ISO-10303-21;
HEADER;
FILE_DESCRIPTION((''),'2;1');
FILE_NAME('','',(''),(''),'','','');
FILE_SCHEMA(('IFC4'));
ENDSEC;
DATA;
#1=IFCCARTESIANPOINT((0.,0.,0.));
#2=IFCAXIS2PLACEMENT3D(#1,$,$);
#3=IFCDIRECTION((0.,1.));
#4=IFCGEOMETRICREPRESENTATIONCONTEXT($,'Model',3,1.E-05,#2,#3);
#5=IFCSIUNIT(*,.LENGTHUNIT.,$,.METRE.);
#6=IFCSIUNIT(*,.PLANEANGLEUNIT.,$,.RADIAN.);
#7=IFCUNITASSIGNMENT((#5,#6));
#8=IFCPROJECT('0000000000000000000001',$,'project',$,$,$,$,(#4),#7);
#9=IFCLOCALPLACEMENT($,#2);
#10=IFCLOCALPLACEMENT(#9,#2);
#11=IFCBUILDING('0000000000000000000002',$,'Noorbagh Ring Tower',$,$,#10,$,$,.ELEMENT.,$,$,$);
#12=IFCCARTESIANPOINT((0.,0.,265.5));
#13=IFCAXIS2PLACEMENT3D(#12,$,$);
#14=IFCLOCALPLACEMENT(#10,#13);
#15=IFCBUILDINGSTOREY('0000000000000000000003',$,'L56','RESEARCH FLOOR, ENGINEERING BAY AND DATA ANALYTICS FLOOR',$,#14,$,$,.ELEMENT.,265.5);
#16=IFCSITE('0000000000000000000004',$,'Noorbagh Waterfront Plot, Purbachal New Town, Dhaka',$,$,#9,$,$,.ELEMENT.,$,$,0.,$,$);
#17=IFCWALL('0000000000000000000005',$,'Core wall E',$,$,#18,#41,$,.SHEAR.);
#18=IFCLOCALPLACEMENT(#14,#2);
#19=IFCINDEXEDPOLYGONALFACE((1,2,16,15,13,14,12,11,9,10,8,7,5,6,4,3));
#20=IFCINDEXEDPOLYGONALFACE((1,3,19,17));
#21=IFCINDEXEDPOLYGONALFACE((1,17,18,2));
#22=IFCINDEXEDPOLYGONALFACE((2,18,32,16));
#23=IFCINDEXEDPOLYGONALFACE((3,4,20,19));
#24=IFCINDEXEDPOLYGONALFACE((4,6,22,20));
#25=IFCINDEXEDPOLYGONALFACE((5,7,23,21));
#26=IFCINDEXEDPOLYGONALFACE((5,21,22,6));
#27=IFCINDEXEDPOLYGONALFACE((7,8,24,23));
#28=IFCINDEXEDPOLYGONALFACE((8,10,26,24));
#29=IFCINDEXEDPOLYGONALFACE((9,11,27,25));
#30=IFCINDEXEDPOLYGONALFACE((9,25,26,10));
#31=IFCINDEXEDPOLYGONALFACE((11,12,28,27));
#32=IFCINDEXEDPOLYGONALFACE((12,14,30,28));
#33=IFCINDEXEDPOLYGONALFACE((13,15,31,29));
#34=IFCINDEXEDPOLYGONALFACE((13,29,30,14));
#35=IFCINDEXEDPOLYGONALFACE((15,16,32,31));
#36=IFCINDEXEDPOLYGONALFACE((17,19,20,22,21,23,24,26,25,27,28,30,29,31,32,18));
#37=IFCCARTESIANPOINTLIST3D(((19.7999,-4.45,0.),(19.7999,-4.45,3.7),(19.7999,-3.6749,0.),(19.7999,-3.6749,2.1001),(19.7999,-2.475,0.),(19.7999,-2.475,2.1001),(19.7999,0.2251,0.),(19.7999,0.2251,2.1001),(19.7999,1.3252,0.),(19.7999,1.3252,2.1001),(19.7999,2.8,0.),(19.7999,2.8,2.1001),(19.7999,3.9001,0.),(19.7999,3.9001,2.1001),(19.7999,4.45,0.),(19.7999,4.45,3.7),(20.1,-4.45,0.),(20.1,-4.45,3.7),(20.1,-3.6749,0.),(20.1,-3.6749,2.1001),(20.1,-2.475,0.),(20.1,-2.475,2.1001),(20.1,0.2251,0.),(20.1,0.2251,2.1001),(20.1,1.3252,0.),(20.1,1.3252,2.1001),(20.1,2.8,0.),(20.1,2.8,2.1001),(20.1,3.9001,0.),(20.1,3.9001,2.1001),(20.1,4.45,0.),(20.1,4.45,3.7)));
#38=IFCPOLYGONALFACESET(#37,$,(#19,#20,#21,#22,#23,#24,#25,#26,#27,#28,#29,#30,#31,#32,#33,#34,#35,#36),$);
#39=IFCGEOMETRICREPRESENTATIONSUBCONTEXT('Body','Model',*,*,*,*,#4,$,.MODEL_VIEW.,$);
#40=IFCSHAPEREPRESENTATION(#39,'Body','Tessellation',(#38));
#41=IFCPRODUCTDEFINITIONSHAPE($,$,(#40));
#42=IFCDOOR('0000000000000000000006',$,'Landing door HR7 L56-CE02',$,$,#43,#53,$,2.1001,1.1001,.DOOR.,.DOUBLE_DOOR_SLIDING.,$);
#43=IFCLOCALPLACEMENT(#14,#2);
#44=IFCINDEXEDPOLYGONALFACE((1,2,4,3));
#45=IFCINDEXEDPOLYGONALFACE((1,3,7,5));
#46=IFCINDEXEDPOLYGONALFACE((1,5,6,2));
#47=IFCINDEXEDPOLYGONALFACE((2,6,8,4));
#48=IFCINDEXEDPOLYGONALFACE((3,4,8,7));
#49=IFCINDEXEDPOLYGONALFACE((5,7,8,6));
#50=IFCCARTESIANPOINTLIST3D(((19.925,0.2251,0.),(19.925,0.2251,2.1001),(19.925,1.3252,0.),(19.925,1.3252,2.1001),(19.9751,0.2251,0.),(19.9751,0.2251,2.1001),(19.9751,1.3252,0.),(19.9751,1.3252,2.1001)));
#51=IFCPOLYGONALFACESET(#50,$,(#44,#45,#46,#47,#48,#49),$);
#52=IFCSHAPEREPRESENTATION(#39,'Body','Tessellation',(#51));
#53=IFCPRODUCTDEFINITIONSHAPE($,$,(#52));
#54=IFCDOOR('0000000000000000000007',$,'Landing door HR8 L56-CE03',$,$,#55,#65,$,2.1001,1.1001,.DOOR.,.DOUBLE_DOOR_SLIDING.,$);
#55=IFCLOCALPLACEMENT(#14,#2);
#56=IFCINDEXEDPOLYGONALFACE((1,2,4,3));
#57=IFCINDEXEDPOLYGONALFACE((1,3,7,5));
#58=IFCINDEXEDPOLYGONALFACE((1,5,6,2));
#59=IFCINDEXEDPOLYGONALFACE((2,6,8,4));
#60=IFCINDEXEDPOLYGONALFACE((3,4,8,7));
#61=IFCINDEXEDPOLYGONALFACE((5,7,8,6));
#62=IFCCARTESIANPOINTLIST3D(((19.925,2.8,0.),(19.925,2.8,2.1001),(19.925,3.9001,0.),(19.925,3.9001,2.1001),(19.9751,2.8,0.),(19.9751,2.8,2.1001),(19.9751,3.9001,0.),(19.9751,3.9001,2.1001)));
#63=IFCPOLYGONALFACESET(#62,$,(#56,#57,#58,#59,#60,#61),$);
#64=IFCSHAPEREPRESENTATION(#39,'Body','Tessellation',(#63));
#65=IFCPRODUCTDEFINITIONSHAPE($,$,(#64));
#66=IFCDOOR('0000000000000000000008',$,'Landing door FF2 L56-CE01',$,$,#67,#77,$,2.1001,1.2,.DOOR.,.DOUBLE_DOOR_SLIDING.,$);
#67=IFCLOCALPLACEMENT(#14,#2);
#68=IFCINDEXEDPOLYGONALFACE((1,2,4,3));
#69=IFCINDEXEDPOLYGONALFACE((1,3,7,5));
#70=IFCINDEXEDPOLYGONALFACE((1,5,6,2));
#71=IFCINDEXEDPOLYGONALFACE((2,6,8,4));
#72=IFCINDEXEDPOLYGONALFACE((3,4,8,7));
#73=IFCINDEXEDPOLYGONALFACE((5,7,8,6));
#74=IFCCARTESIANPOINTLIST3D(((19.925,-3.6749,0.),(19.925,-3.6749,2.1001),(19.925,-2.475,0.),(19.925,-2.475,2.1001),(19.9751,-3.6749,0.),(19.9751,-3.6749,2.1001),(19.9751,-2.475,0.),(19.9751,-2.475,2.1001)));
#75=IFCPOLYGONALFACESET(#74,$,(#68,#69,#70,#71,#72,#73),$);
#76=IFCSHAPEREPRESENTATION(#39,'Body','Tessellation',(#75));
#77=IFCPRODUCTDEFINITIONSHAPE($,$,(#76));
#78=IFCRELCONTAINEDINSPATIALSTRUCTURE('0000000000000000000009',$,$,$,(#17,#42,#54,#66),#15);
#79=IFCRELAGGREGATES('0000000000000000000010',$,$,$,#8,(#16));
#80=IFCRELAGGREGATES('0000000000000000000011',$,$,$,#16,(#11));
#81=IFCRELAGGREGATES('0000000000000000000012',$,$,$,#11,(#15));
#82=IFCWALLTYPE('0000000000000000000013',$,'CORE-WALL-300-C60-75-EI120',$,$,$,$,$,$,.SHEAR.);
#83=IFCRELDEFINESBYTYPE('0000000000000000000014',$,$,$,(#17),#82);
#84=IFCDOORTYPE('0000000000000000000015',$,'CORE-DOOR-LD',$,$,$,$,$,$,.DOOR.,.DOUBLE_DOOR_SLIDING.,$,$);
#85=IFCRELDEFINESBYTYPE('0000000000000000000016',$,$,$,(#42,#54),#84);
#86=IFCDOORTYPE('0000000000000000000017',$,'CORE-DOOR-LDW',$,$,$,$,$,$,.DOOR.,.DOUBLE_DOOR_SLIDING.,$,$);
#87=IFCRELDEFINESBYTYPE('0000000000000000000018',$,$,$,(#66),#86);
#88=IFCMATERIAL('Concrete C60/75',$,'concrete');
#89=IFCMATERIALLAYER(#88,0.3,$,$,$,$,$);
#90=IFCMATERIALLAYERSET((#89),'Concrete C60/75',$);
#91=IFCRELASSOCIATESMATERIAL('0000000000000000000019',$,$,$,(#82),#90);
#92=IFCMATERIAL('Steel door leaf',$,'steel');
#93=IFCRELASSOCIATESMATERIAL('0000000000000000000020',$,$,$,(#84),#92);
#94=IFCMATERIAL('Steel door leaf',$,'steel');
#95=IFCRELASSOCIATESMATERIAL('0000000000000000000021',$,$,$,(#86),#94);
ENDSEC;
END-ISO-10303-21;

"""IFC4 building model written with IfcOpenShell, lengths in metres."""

from ifc_helpers import new_model, si_unit, direction, frame, frame_2d, origin, place, context, subcontext, project, spatial, rectangle, extrude, material, layer, layer_set, type_object, element, fill, save


model = new_model("IFC4")

# Units and contexts
model_context = context("Model", 3, precision=1e-05, world=origin(), true_north=direction((0.0, 1.0)))
body_context = subcontext(model_context, "Body", "Model", "MODEL_VIEW")
ifc_project = project(units=[si_unit("LENGTHUNIT", "METRE"), si_unit("PLANEANGLEUNIT", "RADIAN")], contexts=[model_context])

# Site, building, storey
site_placement = place(None, origin())
site = spatial("IfcSite", under=ifc_project, at=site_placement, Name="Noorbagh Waterfront Plot, Purbachal New Town, Dhaka", CompositionType="ELEMENT", RefElevation=0.0)
building_placement = place(site_placement, origin())
building = spatial("IfcBuilding", under=site, at=building_placement, Name="Noorbagh Ring Tower", CompositionType="ELEMENT")
storey_placement = place(building_placement, frame((0.0, 0.0, 265.5)))
storey = spatial("IfcBuildingStorey", under=building, at=storey_placement, Name="L56", Description="RESEARCH FLOOR, ENGINEERING BAY AND DATA ANALYTICS FLOOR", CompositionType="ELEMENT", Elevation=265.5)

# Shared definitions
ifc_material_1 = material(Name="Concrete C60/75", Category="concrete")
ifc_layer_1 = layer(ifc_material_1, 0.3)
ifc_layer_set_1 = layer_set([ifc_layer_1], Name="Concrete C60/75")
wall_type_1 = type_object("IfcWallType", Name="CORE-WALL-300-C60-75-EI120", PredefinedType="SHEAR", material=ifc_layer_set_1)

# Wall, openings, doors
wall_1_placement = place(storey_placement, frame((19.95, -4.45, 0.0), z_axis=(0.0, 0.0, 1.0), x_axis=(0.0, 1.0, 0.0)))
wall_1 = element("IfcWall", 1, at=wall_1_placement, inside=storey, type_object=wall_type_1, Name="Core wall E", PredefinedType="SHEAR", context=body_context, shape_type="SweptSolid", body=[
    extrude(rectangle(XDim=8.8999, YDim=0.3, at=frame_2d((4.45, 0.0))), origin(), (0.0, 0.0, 1.0), 3.7),
])
opening_1_placement = place(wall_1_placement, frame((0.7749, 0.0, 0.0)))
opening_1 = element("IfcOpeningElement", 2, at=opening_1_placement, cuts=wall_1, PredefinedType="OPENING", context=body_context, shape_type="SweptSolid", body=[
    extrude(rectangle(XDim=1.2, YDim=2.1001, at=frame_2d((0.6001, 1.05))), frame((0.0, 0.1602, 0.0), z_axis=(0.0, -1.0, 0.0), x_axis=(1.0, 0.0, 0.0)), (0.0, 0.0, 1.0), 0.3201),
])
opening_2_placement = place(wall_1_placement, frame((4.675, 0.0, 0.0)))
opening_2 = element("IfcOpeningElement", 3, at=opening_2_placement, cuts=wall_1, PredefinedType="OPENING", context=body_context, shape_type="SweptSolid", body=[
    extrude(rectangle(XDim=1.1001, YDim=2.1001, at=frame_2d((0.55, 1.05))), frame((0.0, 0.1602, 0.0), z_axis=(0.0, -1.0, 0.0), x_axis=(1.0, 0.0, 0.0)), (0.0, 0.0, 1.0), 0.3201),
])
opening_3_placement = place(wall_1_placement, frame((7.25, 0.0, 0.0)))
opening_3 = element("IfcOpeningElement", 4, at=opening_3_placement, cuts=wall_1, PredefinedType="OPENING", context=body_context, shape_type="SweptSolid", body=[
    extrude(rectangle(XDim=1.1001, YDim=2.1001, at=frame_2d((0.55, 1.05))), frame((0.0, 0.1602, 0.0), z_axis=(0.0, -1.0, 0.0), x_axis=(1.0, 0.0, 0.0)), (0.0, 0.0, 1.0), 0.3201),
])
ifc_material_2 = material(Name="Steel door leaf", Category="steel")
door_type_1 = type_object("IfcDoorType", Name="CORE-DOOR-LD", OperationType="DOUBLE_DOOR_SLIDING", PredefinedType="DOOR", material=ifc_material_2)
door_1_placement = place(opening_2_placement, origin())
door_1 = element("IfcDoor", 5, at=door_1_placement, inside=storey, type_object=door_type_1, Name="Landing door HR7 L56-CE02", OperationType="DOUBLE_DOOR_SLIDING", OverallHeight=2.1001, OverallWidth=1.1001, PredefinedType="DOOR", context=body_context, shape_type="SweptSolid", body=[
    extrude(rectangle(XDim=1.1001, YDim=2.1001, at=frame_2d((0.55, 1.05))), frame((0.0, 0.0249, 0.0), z_axis=(0.0, -1.0, 0.0), x_axis=(1.0, 0.0, 0.0)), (0.0, 0.0, 1.0), 0.05),
])
fill(opening_2, door_1)
door_2_placement = place(opening_3_placement, origin())
door_2 = element("IfcDoor", 6, at=door_2_placement, inside=storey, type_object=door_type_1, Name="Landing door HR8 L56-CE03", OperationType="DOUBLE_DOOR_SLIDING", OverallHeight=2.1001, OverallWidth=1.1001, PredefinedType="DOOR", context=body_context, shape_type="SweptSolid", body=[
    extrude(rectangle(XDim=1.1001, YDim=2.1001, at=frame_2d((0.55, 1.05))), frame((0.0, 0.0249, 0.0), z_axis=(0.0, -1.0, 0.0), x_axis=(1.0, 0.0, 0.0)), (0.0, 0.0, 1.0), 0.05),
])
fill(opening_3, door_2)
ifc_material_3 = material(Name="Steel door leaf", Category="steel")
door_type_2 = type_object("IfcDoorType", Name="CORE-DOOR-LDW", OperationType="DOUBLE_DOOR_SLIDING", PredefinedType="DOOR", material=ifc_material_3)
door_3_placement = place(opening_1_placement, origin())
door_3 = element("IfcDoor", 7, at=door_3_placement, inside=storey, type_object=door_type_2, Name="Landing door FF2 L56-CE01", OperationType="DOUBLE_DOOR_SLIDING", OverallHeight=2.1001, OverallWidth=1.2, PredefinedType="DOOR", context=body_context, shape_type="SweptSolid", body=[
    extrude(rectangle(XDim=1.2, YDim=2.1001, at=frame_2d((0.6001, 1.05))), frame((0.0, 0.0249, 0.0), z_axis=(0.0, -1.0, 0.0), x_axis=(1.0, 0.0, 0.0)), (0.0, 0.0, 1.0), 0.05),
])
fill(opening_1, door_3)

save(model, "model.ifc")
